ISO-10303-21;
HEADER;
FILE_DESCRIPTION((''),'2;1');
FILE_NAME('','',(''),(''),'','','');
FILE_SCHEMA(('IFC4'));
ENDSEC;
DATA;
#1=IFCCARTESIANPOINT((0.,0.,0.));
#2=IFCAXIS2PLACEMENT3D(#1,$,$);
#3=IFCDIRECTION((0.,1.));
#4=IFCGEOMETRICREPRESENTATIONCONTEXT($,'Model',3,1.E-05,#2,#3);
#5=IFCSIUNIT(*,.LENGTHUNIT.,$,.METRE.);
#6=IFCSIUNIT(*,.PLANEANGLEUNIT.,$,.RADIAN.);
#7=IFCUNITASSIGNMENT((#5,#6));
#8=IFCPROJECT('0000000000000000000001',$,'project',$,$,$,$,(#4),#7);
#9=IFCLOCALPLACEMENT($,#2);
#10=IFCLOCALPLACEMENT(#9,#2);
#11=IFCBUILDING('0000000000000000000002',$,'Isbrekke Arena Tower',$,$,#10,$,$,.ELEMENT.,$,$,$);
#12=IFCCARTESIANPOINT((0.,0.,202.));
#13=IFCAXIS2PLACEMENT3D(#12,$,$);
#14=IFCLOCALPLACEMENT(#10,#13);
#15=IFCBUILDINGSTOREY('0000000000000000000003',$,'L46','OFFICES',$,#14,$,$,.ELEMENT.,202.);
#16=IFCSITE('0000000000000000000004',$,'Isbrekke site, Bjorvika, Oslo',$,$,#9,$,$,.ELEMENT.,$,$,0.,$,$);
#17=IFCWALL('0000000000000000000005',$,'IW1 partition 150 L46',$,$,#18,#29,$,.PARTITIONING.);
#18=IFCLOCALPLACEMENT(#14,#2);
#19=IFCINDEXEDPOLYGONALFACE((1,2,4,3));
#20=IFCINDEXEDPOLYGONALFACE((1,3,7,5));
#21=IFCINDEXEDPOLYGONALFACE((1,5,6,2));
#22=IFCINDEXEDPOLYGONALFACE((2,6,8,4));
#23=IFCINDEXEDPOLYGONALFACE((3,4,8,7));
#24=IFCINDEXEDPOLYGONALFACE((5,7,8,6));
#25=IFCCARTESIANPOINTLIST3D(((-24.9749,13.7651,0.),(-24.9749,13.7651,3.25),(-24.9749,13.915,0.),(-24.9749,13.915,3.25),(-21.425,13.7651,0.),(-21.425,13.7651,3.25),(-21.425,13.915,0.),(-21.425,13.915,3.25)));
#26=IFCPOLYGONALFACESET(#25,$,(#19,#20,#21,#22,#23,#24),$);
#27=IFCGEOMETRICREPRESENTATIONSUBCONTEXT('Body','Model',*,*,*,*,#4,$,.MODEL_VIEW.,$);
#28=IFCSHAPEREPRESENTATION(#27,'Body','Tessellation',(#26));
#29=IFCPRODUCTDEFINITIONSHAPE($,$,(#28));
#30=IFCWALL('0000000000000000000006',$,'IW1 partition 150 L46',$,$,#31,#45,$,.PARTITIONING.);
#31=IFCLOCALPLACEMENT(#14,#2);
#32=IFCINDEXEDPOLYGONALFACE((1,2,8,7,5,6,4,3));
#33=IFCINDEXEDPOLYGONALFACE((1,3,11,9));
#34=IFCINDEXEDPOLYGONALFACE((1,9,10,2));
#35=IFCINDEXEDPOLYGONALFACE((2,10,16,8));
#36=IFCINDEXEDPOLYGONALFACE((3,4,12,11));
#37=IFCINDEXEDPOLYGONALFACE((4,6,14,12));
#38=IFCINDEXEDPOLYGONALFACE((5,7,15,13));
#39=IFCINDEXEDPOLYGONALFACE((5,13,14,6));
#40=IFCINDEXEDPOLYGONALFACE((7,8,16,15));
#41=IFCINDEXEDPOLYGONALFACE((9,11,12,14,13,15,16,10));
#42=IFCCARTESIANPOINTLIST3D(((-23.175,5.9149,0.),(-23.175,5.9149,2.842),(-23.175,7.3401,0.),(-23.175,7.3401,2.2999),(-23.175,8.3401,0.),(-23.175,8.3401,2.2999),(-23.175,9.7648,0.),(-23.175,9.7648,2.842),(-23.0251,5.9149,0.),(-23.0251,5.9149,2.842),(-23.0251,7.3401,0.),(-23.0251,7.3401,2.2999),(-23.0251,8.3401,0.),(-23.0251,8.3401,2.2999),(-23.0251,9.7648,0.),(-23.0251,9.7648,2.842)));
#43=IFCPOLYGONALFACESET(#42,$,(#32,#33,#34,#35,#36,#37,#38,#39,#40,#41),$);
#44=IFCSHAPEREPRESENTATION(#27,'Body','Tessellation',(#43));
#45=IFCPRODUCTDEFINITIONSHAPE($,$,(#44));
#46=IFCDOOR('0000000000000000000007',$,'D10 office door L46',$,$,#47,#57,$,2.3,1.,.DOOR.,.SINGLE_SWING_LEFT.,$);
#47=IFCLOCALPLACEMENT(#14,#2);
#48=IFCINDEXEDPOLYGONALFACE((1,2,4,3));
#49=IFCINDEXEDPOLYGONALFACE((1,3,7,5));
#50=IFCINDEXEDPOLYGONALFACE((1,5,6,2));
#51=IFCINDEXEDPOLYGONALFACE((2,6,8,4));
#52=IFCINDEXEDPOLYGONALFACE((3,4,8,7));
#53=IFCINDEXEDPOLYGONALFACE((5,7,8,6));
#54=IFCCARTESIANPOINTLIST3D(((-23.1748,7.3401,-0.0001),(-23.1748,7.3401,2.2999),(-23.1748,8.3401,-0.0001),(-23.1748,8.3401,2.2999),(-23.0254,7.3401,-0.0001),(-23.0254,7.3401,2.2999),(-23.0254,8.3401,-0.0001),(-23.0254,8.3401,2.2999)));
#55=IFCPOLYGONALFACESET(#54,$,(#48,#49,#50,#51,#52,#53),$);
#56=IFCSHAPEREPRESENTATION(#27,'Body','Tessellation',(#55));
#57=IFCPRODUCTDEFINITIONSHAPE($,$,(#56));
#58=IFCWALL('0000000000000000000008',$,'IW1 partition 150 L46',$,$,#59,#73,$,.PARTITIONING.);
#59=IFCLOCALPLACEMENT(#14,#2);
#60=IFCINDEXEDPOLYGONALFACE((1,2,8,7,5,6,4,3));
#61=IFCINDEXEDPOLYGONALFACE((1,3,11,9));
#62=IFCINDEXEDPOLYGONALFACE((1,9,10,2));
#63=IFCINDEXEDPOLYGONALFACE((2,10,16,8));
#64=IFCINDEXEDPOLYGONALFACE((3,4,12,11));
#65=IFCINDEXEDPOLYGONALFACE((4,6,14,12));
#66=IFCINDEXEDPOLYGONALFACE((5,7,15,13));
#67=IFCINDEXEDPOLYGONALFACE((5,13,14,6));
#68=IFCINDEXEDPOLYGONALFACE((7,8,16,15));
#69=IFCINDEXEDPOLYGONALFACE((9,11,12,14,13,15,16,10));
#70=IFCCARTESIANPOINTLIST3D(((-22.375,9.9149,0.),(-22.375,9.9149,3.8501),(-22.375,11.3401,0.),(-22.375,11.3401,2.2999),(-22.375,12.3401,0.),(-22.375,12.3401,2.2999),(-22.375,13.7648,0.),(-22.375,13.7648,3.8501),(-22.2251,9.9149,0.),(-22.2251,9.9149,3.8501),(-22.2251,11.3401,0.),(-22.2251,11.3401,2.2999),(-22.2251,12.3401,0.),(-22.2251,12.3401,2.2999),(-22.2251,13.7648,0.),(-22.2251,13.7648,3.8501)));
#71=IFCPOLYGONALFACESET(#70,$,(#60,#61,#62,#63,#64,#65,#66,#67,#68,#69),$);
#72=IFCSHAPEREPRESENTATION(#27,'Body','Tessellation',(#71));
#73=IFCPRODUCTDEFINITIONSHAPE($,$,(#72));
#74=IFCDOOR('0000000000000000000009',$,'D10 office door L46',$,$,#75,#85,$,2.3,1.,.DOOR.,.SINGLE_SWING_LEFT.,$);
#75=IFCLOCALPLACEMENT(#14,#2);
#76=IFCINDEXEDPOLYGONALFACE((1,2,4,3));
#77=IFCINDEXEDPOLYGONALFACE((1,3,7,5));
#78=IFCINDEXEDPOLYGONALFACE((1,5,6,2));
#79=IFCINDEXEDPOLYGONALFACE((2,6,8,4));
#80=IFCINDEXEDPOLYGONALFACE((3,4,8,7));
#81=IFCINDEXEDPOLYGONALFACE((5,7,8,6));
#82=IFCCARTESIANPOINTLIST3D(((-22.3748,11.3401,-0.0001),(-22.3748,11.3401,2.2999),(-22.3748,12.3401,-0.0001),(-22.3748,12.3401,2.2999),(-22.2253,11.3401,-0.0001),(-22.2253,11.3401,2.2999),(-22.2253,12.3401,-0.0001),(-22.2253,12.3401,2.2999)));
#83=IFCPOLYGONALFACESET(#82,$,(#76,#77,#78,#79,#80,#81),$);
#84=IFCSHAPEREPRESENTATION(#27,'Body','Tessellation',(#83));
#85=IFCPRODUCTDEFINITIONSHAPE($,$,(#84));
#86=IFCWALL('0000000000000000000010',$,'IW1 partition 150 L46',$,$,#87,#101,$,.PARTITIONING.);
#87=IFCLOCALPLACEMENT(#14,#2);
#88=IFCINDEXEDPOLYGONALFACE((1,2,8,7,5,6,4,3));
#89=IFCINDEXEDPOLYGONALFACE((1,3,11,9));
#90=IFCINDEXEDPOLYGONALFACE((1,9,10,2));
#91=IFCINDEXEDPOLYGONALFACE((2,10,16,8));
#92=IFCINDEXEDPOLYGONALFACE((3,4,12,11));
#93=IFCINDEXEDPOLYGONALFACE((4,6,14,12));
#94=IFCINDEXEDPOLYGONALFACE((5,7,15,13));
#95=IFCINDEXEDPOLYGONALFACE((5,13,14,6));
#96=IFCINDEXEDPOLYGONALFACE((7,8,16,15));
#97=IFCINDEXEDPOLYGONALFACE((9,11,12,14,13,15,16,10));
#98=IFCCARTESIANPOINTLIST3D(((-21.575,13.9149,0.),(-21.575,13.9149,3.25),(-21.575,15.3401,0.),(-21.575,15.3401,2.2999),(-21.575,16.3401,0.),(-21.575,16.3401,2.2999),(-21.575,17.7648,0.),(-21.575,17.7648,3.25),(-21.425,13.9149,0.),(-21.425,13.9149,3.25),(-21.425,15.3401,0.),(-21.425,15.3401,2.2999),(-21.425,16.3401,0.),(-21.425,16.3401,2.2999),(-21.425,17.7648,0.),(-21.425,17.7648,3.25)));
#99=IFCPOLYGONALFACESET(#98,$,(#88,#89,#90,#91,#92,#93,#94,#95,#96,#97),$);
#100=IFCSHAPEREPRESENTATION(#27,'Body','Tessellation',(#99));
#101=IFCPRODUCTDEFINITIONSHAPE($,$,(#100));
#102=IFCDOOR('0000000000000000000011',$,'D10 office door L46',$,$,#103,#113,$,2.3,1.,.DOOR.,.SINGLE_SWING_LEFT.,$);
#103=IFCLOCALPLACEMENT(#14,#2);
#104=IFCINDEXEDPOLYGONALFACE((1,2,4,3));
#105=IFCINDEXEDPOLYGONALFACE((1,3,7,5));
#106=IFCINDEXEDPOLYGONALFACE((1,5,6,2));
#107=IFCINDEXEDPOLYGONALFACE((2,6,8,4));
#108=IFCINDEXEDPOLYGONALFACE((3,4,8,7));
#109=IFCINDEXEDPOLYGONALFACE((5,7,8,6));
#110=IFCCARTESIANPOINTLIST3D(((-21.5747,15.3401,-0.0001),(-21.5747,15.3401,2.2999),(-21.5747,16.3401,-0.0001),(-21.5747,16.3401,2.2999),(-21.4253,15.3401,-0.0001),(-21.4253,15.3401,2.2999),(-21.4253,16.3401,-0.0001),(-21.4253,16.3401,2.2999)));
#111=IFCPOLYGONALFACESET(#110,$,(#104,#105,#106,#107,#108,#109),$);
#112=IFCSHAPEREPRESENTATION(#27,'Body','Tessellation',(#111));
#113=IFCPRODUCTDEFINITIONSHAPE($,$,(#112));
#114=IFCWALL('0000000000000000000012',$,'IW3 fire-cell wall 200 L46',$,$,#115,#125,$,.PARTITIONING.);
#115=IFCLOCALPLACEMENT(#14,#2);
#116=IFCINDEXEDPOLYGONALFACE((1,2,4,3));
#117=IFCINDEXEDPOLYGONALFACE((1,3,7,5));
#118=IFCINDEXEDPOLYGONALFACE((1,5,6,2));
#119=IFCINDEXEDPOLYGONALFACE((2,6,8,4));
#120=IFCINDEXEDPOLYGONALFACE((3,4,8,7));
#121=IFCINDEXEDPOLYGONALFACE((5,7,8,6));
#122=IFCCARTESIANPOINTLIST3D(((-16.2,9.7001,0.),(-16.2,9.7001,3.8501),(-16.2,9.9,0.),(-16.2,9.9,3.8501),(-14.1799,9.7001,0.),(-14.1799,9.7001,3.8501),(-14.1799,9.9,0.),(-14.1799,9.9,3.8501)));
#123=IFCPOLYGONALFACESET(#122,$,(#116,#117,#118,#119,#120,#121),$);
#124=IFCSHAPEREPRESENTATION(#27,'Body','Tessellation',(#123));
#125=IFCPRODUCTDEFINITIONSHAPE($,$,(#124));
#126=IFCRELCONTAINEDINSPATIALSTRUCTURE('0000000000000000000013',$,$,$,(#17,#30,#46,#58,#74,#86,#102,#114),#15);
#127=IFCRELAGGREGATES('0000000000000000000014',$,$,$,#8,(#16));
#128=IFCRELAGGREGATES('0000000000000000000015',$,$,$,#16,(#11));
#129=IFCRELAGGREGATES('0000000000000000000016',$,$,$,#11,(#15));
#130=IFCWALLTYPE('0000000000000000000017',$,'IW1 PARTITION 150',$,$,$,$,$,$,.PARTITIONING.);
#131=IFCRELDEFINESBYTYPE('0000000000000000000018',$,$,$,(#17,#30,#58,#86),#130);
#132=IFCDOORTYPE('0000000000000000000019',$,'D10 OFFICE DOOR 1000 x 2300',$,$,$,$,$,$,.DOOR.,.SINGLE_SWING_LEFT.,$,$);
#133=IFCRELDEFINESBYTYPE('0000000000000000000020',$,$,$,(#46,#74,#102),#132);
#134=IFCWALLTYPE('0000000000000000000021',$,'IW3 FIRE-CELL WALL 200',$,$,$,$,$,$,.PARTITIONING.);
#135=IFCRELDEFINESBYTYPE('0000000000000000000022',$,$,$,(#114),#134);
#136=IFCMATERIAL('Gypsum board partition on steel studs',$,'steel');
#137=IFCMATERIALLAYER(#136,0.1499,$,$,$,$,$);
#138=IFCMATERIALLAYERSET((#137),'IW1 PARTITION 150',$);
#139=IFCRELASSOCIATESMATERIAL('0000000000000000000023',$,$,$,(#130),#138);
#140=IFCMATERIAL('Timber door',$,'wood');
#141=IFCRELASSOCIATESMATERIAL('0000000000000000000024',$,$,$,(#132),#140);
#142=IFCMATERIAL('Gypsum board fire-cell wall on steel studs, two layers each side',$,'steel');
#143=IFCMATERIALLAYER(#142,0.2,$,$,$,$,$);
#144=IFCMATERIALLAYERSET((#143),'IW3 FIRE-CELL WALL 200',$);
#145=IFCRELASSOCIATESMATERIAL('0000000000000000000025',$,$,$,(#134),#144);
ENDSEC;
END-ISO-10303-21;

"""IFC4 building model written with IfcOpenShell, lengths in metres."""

from ifc_helpers import new_model, si_unit, direction, frame, frame_2d, origin, place, context, subcontext, project, spatial, rectangle, extrude, material, layer, layer_set, type_object, element, fill, save


model = new_model("IFC4")

# Units and contexts
model_context = context("Model", 3, precision=1e-05, world=origin(), true_north=direction((0.0, 1.0)))
body_context = subcontext(model_context, "Body", "Model", "MODEL_VIEW")
ifc_project = project(units=[si_unit("LENGTHUNIT", "METRE"), si_unit("PLANEANGLEUNIT", "RADIAN")], contexts=[model_context])

# Site, building, storey
site_placement = place(None, origin())
site = spatial("IfcSite", under=ifc_project, at=site_placement, Name="Isbrekke site, Bjorvika, Oslo", CompositionType="ELEMENT", RefElevation=0.0)
building_placement = place(site_placement, origin())
building = spatial("IfcBuilding", under=site, at=building_placement, Name="Isbrekke Arena Tower", CompositionType="ELEMENT")
storey_placement = place(building_placement, frame((0.0, 0.0, 202.0)))
storey = spatial("IfcBuildingStorey", under=building, at=storey_placement, Name="L46", Description="OFFICES", CompositionType="ELEMENT", Elevation=202.0)

# Wall
ifc_material_1 = material(Name="Gypsum board partition on steel studs", Category="steel")
ifc_layer_1 = layer(ifc_material_1, 0.1499)
ifc_layer_set_1 = layer_set([ifc_layer_1], Name="IW1 PARTITION 150")
wall_type_1 = type_object("IfcWallType", Name="IW1 PARTITION 150", PredefinedType="PARTITIONING", material=ifc_layer_set_1)
for number, where, z_axis, x_axis, name in (
    (1, (-24.9749, 13.8401, 0.0), (0.0, 0.0, 1.0), (1.0, 0.0, 0.0), "IW1 partition 150 L46"),
):
    element("IfcWall", number, at=place(storey_placement, frame(where, z_axis=z_axis, x_axis=x_axis)), inside=storey, type_object=wall_type_1, Name=name, PredefinedType="PARTITIONING", context=body_context, shape_type="SweptSolid", body=[
        extrude(rectangle(XDim=3.5498, YDim=0.1499, at=frame_2d((1.7749, 0.0))), origin(), (0.0, 0.0, 1.0), 3.25),
    ])

# Walls, openings, doors
wall_1_placement = place(storey_placement, frame((-23.1001, 5.915, 0.0), z_axis=(0.0, 0.0, 1.0), x_axis=(0.0, 1.0, 0.0)))
wall_1 = element("IfcWall", 2, at=wall_1_placement, inside=storey, type_object=wall_type_1, Name="IW1 partition 150 L46", PredefinedType="PARTITIONING", context=body_context, shape_type="SweptSolid", body=[
    extrude(rectangle(XDim=3.8499, YDim=0.1499, at=frame_2d((1.9248, 0.0))), origin(), (0.0, 0.0, 1.0), 2.842),
])
opening_1_placement = place(wall_1_placement, frame((1.425, 0.0, 0.0)))
opening_1 = element("IfcOpeningElement", 3, at=opening_1_placement, cuts=wall_1, PredefinedType="OPENING", context=body_context, shape_type="SweptSolid", body=[
    extrude(rectangle(XDim=1.0, YDim=2.3, at=frame_2d((0.5, 1.1499))), frame((0.0, 0.0898, 0.0), z_axis=(0.0, -1.0, 0.0), x_axis=(1.0, 0.0, 0.0)), (0.0, 0.0, 1.0), 0.1797),
])
ifc_material_2 = material(Name="Timber door", Category="wood")
door_type = type_object("IfcDoorType", Name="D10 OFFICE DOOR 1000 x 2300", OperationType="SINGLE_SWING_LEFT", PredefinedType="DOOR", material=ifc_material_2)
door_1_placement = place(opening_1_placement, origin())
door_1 = element("IfcDoor", 4, at=door_1_placement, inside=storey, type_object=door_type, Name="D10 office door L46", OperationType="SINGLE_SWING_LEFT", OverallHeight=2.3, OverallWidth=1.0, PredefinedType="DOOR", context=body_context, shape_type="SweptSolid", body=[
    extrude(rectangle(XDim=1.0, YDim=2.3, at=frame_2d((0.5, 1.1499))), frame((0.0, 0.0747, 0.0), z_axis=(0.0, -1.0, 0.0), x_axis=(1.0, 0.0, 0.0)), (0.0, 0.0, 1.0), 0.1494),
])
fill(opening_1, door_1)
wall_2_placement = place(storey_placement, frame((-22.3, 9.915, 0.0), z_axis=(0.0, 0.0, 1.0), x_axis=(0.0, 1.0, 0.0)))
wall_2 = element("IfcWall", 5, at=wall_2_placement, inside=storey, type_object=wall_type_1, Name="IW1 partition 150 L46", PredefinedType="PARTITIONING", context=body_context, shape_type="SweptSolid", body=[
    extrude(rectangle(XDim=3.8499, YDim=0.1499, at=frame_2d((1.9248, 0.0))), origin(), (0.0, 0.0, 1.0), 3.8501),
])
opening_2_placement = place(wall_2_placement, frame((1.425, 0.0, 0.0)))
opening_2 = element("IfcOpeningElement", 6, at=opening_2_placement, cuts=wall_2, PredefinedType="OPENING", context=body_context, shape_type="SweptSolid", body=[
    extrude(rectangle(XDim=1.0, YDim=2.3, at=frame_2d((0.5, 1.1499))), frame((0.0, 0.0898, 0.0), z_axis=(0.0, -1.0, 0.0), x_axis=(1.0, 0.0, 0.0)), (0.0, 0.0, 1.0), 0.1797),
])
door_2_placement = place(opening_2_placement, origin())
door_2 = element("IfcDoor", 7, at=door_2_placement, inside=storey, type_object=door_type, Name="D10 office door L46", OperationType="SINGLE_SWING_LEFT", OverallHeight=2.3, OverallWidth=1.0, PredefinedType="DOOR", context=body_context, shape_type="SweptSolid", body=[
    extrude(rectangle(XDim=1.0, YDim=2.3, at=frame_2d((0.5, 1.1499))), frame((0.0, 0.0747, 0.0), z_axis=(0.0, -1.0, 0.0), x_axis=(1.0, 0.0, 0.0)), (0.0, 0.0, 1.0), 0.1494),
])
fill(opening_2, door_2)
wall_3_placement = place(storey_placement, frame((-21.5, 13.915, 0.0), z_axis=(0.0, 0.0, 1.0), x_axis=(0.0, 1.0, 0.0)))
wall_3 = element("IfcWall", 8, at=wall_3_placement, inside=storey, type_object=wall_type_1, Name="IW1 partition 150 L46", PredefinedType="PARTITIONING", context=body_context, shape_type="SweptSolid", body=[
    extrude(rectangle(XDim=3.8499, YDim=0.1499, at=frame_2d((1.9248, 0.0))), origin(), (0.0, 0.0, 1.0), 3.25),
])
opening_3_placement = place(wall_3_placement, frame((1.425, 0.0, 0.0)))
opening_3 = element("IfcOpeningElement", 9, at=opening_3_placement, cuts=wall_3, PredefinedType="OPENING", context=body_context, shape_type="SweptSolid", body=[
    extrude(rectangle(XDim=1.0, YDim=2.3, at=frame_2d((0.5, 1.1499))), frame((0.0, 0.0898, 0.0), z_axis=(0.0, -1.0, 0.0), x_axis=(1.0, 0.0, 0.0)), (0.0, 0.0, 1.0), 0.1797),
])
door_3_placement = place(opening_3_placement, origin())
door_3 = element("IfcDoor", 10, at=door_3_placement, inside=storey, type_object=door_type, Name="D10 office door L46", OperationType="SINGLE_SWING_LEFT", OverallHeight=2.3, OverallWidth=1.0, PredefinedType="DOOR", context=body_context, shape_type="SweptSolid", body=[
    extrude(rectangle(XDim=1.0, YDim=2.3, at=frame_2d((0.5, 1.1499))), frame((0.0, 0.0747, 0.0), z_axis=(0.0, -1.0, 0.0), x_axis=(1.0, 0.0, 0.0)), (0.0, 0.0, 1.0), 0.1494),
])
fill(opening_3, door_3)

# Wall
ifc_material_3 = material(Name="Gypsum board fire-cell wall on steel studs, two layers each side", Category="steel")
ifc_layer_2 = layer(ifc_material_3, 0.2)
ifc_layer_set_2 = layer_set([ifc_layer_2], Name="IW3 FIRE-CELL WALL 200")
wall_type_2 = type_object("IfcWallType", Name="IW3 FIRE-CELL WALL 200", PredefinedType="PARTITIONING", material=ifc_layer_set_2)
wall_4_placement = place(storey_placement, frame((-16.2, 9.8, 0.0), z_axis=(0.0, 0.0, 1.0), x_axis=(1.0, 0.0, 0.0)))
element("IfcWall", 11, at=wall_4_placement, inside=storey, type_object=wall_type_2, Name="IW3 fire-cell wall 200 L46", PredefinedType="PARTITIONING", context=body_context, shape_type="SweptSolid", body=[
    extrude(rectangle(XDim=2.02, YDim=0.2, at=frame_2d((1.01, 0.0))), origin(), (0.0, 0.0, 1.0), 3.8501),
])

save(model, "model.ifc")
